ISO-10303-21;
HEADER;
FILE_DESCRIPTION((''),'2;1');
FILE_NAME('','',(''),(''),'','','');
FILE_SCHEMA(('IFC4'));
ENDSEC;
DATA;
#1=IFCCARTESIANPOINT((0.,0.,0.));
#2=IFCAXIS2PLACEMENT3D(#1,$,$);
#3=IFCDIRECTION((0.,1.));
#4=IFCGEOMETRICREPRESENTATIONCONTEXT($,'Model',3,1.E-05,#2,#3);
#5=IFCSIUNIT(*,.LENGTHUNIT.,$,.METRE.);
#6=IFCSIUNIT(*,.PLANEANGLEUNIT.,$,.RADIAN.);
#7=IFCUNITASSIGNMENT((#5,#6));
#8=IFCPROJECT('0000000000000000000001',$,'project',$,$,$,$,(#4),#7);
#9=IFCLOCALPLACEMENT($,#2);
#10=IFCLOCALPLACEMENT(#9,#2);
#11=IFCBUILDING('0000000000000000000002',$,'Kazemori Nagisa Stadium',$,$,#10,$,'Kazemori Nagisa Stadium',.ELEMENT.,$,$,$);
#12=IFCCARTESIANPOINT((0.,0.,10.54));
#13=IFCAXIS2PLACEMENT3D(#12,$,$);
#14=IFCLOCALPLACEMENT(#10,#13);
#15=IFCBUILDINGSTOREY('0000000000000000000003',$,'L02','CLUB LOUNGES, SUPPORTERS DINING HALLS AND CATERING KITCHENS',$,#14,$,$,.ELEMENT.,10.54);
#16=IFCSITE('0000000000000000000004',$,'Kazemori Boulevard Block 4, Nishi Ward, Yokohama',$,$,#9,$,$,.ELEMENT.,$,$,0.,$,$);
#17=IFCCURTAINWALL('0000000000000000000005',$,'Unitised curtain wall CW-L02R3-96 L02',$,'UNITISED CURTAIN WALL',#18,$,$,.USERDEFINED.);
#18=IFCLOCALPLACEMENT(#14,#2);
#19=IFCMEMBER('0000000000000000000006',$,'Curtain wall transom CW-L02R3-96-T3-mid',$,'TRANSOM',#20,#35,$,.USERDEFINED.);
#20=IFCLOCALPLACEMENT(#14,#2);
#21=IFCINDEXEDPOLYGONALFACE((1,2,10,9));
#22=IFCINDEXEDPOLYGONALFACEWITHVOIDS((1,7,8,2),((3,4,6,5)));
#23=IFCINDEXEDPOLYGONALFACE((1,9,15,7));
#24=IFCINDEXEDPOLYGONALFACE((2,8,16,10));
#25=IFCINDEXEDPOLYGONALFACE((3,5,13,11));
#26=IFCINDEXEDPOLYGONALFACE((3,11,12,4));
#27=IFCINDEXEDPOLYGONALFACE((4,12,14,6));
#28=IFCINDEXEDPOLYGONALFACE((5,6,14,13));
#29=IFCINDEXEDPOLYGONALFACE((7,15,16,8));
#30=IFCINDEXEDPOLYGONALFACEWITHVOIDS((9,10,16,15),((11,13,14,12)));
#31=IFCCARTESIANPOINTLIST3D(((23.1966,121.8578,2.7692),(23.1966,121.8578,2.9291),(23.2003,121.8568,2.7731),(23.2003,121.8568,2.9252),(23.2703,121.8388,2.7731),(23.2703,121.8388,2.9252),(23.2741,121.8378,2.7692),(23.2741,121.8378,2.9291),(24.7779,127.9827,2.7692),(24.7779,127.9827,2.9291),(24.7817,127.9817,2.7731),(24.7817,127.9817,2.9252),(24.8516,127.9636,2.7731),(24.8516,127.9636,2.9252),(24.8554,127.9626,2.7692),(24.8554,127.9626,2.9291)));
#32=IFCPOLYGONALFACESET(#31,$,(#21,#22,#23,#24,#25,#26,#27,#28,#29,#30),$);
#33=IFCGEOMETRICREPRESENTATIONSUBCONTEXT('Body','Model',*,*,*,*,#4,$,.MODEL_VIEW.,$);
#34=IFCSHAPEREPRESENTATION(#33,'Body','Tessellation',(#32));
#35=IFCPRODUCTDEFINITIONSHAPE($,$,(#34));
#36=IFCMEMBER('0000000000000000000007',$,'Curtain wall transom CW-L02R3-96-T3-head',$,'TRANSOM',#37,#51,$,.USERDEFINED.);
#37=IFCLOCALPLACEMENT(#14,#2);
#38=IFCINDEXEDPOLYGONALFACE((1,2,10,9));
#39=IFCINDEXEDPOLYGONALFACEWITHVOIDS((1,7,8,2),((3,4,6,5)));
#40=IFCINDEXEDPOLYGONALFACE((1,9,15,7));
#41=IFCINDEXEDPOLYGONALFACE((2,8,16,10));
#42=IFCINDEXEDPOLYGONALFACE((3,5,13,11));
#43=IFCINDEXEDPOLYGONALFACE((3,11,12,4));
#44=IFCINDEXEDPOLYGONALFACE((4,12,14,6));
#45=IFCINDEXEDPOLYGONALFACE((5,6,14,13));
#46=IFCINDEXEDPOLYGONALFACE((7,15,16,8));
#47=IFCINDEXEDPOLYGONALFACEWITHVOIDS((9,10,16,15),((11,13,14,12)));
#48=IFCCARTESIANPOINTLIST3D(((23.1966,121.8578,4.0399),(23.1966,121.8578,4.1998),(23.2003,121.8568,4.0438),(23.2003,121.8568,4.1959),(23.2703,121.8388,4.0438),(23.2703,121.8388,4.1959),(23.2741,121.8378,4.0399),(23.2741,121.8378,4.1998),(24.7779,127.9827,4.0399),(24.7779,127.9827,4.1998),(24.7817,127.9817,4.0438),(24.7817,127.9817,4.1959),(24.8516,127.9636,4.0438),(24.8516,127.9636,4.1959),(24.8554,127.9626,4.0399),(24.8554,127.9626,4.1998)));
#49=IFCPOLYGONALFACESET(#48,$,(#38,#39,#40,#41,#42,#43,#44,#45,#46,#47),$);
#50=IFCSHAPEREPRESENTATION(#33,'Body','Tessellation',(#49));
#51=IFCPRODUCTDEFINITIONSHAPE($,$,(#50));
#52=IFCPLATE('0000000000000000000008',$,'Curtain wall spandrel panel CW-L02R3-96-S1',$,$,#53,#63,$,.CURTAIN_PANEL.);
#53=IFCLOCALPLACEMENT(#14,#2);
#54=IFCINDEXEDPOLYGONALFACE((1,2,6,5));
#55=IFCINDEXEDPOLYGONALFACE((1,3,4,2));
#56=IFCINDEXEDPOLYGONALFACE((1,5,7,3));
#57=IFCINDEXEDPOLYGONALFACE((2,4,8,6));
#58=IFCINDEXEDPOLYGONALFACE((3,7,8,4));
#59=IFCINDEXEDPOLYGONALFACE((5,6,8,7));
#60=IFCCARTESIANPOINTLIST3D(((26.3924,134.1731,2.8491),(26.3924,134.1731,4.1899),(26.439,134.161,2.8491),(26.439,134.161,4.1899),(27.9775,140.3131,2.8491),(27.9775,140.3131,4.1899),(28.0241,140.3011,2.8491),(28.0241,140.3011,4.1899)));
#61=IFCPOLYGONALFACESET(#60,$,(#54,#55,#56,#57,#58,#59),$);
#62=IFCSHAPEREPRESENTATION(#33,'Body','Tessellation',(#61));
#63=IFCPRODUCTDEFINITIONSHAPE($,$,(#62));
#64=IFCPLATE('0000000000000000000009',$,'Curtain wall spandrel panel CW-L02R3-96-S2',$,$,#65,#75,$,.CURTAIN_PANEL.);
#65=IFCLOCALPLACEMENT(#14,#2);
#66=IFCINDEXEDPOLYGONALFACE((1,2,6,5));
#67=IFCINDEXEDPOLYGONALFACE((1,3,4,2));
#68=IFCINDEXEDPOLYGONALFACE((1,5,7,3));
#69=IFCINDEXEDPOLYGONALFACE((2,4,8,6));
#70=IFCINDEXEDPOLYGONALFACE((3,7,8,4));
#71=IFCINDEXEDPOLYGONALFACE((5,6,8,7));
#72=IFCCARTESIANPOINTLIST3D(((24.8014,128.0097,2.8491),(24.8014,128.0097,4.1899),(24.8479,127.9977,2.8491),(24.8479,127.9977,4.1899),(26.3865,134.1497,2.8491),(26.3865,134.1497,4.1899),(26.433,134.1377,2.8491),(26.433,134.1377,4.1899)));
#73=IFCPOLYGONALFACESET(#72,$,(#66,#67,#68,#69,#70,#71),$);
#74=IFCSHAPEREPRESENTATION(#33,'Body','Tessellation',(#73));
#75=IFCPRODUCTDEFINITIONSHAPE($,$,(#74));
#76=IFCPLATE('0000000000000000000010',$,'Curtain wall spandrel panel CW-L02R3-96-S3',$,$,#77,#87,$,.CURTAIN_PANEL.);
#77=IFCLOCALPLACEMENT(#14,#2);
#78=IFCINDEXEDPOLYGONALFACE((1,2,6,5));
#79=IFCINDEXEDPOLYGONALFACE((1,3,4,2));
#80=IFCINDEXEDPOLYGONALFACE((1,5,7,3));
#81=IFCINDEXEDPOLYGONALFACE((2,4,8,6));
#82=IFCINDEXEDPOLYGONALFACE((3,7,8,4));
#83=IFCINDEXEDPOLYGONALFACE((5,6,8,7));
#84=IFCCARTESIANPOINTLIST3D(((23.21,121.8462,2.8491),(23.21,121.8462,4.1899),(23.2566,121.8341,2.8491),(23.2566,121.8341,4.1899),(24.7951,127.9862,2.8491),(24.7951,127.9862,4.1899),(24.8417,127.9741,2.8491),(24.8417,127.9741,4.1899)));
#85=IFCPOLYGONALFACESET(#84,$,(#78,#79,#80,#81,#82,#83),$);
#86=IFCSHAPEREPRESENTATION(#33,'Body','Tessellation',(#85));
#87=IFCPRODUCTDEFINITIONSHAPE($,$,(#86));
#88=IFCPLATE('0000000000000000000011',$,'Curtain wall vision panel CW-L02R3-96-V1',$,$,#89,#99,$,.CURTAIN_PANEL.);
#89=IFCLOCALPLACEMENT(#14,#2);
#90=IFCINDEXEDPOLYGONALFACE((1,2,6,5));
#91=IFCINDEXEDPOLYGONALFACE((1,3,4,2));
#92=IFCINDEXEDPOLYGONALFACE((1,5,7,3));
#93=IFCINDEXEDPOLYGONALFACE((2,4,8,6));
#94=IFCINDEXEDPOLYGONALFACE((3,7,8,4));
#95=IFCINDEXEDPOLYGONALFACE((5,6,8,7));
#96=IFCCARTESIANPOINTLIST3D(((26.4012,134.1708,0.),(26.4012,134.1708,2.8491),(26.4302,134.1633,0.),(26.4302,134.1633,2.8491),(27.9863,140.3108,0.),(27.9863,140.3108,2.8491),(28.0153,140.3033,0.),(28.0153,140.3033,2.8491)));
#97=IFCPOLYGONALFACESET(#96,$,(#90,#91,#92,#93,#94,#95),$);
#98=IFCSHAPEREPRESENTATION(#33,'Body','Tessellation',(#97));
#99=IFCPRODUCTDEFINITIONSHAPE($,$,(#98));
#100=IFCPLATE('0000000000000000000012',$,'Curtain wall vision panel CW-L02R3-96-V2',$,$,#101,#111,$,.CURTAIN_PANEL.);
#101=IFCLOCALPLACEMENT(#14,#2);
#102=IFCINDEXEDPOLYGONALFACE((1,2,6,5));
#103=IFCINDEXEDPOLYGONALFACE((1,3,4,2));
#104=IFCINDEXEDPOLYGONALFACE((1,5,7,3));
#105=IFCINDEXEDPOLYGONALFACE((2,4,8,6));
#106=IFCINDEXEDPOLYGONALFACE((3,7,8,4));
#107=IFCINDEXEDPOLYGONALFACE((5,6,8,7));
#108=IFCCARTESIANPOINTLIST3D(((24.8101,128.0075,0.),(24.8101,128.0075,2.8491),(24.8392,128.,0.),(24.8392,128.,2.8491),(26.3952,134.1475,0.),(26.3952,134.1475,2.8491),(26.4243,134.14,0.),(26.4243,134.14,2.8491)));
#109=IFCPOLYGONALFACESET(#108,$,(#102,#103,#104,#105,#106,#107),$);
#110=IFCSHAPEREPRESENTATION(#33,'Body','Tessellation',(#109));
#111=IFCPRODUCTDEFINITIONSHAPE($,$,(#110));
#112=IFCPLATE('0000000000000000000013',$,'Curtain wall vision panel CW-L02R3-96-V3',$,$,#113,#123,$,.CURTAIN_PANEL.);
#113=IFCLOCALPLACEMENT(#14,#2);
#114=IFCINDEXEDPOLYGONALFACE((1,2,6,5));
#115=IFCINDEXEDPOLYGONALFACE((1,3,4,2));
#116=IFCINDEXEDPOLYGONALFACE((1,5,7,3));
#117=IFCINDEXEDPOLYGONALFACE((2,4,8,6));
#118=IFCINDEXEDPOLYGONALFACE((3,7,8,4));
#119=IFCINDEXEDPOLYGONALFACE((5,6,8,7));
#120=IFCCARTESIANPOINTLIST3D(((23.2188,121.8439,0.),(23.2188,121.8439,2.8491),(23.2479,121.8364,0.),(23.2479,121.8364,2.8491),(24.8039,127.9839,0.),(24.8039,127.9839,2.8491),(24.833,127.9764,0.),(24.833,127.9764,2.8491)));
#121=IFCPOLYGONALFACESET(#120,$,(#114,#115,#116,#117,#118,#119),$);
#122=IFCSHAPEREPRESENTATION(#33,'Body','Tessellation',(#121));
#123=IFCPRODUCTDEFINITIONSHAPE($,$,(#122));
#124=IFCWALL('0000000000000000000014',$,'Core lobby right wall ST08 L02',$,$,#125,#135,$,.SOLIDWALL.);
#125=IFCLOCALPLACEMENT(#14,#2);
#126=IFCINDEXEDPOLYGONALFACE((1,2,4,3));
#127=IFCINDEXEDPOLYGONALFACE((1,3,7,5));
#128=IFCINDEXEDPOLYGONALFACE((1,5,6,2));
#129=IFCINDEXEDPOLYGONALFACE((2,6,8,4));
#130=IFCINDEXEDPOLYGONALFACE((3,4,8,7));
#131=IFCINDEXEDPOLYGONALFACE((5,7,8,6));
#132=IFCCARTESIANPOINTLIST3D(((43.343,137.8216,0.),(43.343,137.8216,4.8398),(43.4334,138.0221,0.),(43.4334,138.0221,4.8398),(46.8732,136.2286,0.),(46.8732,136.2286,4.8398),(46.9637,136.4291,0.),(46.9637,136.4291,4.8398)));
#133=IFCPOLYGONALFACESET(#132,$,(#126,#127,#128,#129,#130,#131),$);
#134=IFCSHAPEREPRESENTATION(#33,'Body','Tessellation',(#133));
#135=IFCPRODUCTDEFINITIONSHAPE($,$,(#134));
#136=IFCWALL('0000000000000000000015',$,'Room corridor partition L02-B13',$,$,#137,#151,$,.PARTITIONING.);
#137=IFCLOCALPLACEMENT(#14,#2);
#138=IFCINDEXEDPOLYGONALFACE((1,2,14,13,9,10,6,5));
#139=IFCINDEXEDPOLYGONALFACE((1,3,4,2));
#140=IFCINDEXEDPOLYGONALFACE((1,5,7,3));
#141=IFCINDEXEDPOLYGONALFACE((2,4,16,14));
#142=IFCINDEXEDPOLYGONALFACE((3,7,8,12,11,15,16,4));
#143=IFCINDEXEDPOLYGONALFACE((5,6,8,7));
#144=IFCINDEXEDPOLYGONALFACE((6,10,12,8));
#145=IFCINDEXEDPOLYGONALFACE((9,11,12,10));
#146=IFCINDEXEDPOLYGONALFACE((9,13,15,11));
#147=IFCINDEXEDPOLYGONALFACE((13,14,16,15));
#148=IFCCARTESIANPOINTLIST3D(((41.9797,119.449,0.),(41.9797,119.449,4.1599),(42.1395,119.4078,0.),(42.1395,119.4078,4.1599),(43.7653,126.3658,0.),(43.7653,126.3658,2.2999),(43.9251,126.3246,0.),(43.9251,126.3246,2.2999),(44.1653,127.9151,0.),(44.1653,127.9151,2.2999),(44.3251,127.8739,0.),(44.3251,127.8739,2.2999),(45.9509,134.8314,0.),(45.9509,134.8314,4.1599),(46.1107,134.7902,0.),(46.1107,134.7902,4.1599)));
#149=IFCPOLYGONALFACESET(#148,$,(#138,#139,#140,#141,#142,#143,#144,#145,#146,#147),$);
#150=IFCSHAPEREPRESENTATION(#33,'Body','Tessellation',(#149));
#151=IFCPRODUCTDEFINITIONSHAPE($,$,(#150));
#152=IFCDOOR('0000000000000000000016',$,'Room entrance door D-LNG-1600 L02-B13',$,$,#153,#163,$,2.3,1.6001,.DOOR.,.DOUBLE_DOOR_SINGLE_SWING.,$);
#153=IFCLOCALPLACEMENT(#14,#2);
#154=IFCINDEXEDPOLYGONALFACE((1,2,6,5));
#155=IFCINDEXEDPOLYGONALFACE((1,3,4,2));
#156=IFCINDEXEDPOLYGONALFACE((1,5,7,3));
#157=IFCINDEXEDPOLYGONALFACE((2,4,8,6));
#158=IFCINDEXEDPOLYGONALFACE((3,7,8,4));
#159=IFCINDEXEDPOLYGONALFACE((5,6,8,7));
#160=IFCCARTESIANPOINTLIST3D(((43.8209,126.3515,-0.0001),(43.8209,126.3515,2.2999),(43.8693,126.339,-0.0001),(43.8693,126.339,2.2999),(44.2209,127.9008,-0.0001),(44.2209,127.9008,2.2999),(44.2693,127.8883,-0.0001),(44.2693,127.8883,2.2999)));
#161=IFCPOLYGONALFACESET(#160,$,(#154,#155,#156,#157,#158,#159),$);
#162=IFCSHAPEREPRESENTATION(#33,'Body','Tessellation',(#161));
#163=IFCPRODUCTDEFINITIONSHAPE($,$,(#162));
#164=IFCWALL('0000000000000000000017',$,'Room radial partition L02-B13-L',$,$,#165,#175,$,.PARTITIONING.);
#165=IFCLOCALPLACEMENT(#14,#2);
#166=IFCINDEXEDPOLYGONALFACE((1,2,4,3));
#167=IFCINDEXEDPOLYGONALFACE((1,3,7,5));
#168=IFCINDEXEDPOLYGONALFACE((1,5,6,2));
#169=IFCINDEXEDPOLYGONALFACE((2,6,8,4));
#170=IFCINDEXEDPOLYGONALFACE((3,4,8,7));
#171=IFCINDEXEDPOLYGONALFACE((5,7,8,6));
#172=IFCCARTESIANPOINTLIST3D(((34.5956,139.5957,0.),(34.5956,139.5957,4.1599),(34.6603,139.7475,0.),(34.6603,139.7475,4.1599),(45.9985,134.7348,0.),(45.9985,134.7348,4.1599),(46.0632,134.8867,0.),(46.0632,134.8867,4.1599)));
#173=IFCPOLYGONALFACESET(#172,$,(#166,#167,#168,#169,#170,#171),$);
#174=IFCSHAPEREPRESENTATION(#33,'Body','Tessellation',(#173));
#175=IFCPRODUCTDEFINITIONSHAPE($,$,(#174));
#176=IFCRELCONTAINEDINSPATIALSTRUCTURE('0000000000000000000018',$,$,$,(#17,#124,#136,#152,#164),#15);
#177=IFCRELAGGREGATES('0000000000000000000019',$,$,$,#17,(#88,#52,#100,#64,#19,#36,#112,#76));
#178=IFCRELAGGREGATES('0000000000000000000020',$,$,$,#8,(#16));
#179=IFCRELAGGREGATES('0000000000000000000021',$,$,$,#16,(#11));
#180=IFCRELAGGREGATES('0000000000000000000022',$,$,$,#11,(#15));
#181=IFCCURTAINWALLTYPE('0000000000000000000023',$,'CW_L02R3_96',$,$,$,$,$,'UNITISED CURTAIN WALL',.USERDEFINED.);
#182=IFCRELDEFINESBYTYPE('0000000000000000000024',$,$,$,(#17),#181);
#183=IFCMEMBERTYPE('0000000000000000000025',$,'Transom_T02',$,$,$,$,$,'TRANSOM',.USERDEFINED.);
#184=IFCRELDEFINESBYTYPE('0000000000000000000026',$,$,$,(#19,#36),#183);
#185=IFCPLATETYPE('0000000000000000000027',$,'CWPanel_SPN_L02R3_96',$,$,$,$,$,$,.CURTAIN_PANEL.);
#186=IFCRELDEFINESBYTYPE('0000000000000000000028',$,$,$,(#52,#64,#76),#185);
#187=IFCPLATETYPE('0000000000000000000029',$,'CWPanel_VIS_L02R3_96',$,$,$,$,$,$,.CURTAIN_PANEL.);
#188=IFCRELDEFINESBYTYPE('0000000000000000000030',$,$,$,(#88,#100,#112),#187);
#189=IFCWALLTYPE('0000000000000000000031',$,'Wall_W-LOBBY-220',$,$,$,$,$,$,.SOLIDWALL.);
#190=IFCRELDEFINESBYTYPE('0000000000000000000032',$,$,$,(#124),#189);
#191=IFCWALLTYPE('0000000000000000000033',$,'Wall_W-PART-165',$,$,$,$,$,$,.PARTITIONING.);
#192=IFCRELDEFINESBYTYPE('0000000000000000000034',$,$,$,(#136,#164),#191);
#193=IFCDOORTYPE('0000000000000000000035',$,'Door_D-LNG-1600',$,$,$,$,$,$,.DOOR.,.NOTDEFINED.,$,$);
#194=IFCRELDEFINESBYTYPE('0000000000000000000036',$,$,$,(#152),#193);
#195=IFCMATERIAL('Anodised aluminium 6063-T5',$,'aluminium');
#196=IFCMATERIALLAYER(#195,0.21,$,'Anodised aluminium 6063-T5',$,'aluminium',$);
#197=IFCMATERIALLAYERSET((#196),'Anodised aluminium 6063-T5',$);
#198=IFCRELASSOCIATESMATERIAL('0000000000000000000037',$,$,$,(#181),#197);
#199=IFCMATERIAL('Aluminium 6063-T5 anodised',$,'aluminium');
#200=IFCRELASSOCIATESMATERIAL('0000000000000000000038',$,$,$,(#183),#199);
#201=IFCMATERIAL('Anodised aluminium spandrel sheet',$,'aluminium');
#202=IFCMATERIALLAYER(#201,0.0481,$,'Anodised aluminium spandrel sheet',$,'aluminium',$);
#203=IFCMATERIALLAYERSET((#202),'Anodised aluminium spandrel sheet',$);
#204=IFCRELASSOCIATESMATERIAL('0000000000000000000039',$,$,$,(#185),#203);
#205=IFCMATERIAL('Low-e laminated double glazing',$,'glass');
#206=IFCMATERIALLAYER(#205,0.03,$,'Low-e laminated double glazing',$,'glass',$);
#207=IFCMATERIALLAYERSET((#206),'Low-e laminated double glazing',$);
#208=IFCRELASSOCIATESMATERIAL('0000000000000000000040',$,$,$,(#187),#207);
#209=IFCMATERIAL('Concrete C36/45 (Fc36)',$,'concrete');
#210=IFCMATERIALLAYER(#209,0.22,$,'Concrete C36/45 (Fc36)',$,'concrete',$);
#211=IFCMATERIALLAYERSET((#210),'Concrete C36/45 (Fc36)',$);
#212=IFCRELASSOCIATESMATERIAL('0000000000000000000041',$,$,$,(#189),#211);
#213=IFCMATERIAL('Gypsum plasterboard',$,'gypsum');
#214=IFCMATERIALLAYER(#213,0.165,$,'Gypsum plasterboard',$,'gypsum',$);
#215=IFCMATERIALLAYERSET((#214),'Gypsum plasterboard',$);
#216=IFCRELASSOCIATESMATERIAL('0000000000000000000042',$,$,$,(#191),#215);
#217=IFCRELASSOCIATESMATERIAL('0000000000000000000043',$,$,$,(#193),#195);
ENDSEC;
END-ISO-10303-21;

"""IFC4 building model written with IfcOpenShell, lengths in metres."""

from ifc_helpers import new_model, si_unit, direction, frame, frame_2d, origin, origin_2d, place, context, subcontext, project, spatial, rectangle, hollow_rectangle, extrude, material, layer, layer_set, material_profile, profile_set, type_object, element, fill, aggregate, save


model = new_model("IFC4")

# Units and contexts
model_context = context("Model", 3, precision=1e-05, world=origin(), true_north=direction((0.0, 1.0)))
body_context = subcontext(model_context, "Body", "Model", "MODEL_VIEW")
ifc_project = project(units=[si_unit("LENGTHUNIT", "METRE"), si_unit("PLANEANGLEUNIT", "RADIAN")], contexts=[model_context])

# Site, building, storey
site_placement = place(None, origin())
site = spatial("IfcSite", under=ifc_project, at=site_placement, Name="Kazemori Boulevard Block 4, Nishi Ward, Yokohama", CompositionType="ELEMENT", RefElevation=0.0)
building_placement = place(site_placement, origin())
building = spatial("IfcBuilding", under=site, at=building_placement, Name="Kazemori Nagisa Stadium", LongName="Kazemori Nagisa Stadium", CompositionType="ELEMENT")
storey_placement = place(building_placement, frame((0.0, 0.0, 10.54)))
storey = spatial("IfcBuildingStorey", under=building, at=storey_placement, Name="L02", Description="CLUB LOUNGES, SUPPORTERS DINING HALLS AND CATERING KITCHENS", CompositionType="ELEMENT", Elevation=10.54)

# Curtain wall, members, plates
ifc_material_1 = material(Name="Anodised aluminium 6063-T5", Category="aluminium")
ifc_layer_1 = layer(ifc_material_1, 0.21, Name="Anodised aluminium 6063-T5", Category="aluminium")
ifc_layer_set_1 = layer_set([ifc_layer_1], Name="Anodised aluminium 6063-T5")
curtain_wall_type = type_object("IfcCurtainWallType", Name="CW_L02R3_96", ElementType="UNITISED CURTAIN WALL", PredefinedType="USERDEFINED", material=ifc_layer_set_1)
curtain_wall_placement = place(storey_placement, origin())
curtain_wall = element("IfcCurtainWall", 1, at=curtain_wall_placement, inside=storey, type_object=curtain_wall_type, Name="Unitised curtain wall CW-L02R3-96 L02", ObjectType="UNITISED CURTAIN WALL", PredefinedType="USERDEFINED")
ifc_material_2 = material(Name="Aluminium 6063-T5 anodised", Category="aluminium")
ifc_material_profile_1 = material_profile(ifc_material_2, hollow_rectangle(XDim=0.0801, YDim=0.1599, WallThickness=0.0039, at=origin_2d()), Name="ALU-TRAN-80x160x4")
ifc_profile_set_1 = profile_set([ifc_material_profile_1], Name="Aluminium 6063-T5 anodised")
member_type_1 = type_object("IfcMemberType", Name="Transom_T02", ElementType="TRANSOM", PredefinedType="USERDEFINED", material=ifc_profile_set_1)
member_1_placement = place(storey_placement, frame((24.8167, 127.9727, 2.8491), z_axis=(-0.249984, -0.96825, 0.0), x_axis=(0.96825, -0.249984, 0.0)))
member_1 = element("IfcMember", 2, at=member_1_placement, type_object=member_type_1, Name="Curtain wall transom CW-L02R3-96-T3-mid", ObjectType="TRANSOM", PredefinedType="USERDEFINED", context=body_context, shape_type="SweptSolid", body=[
    extrude(hollow_rectangle(XDim=0.0801, YDim=0.1599, WallThickness=0.0039, at=origin_2d()), origin(), (0.0, 0.0, 1.0), 6.3257),
])
member_2_placement = place(storey_placement, frame((24.8167, 127.9727, 4.1199), z_axis=(-0.249984, -0.96825, 0.0), x_axis=(0.96825, -0.249984, 0.0)))
member_2 = element("IfcMember", 3, at=member_2_placement, type_object=member_type_1, Name="Curtain wall transom CW-L02R3-96-T3-head", ObjectType="TRANSOM", PredefinedType="USERDEFINED", context=body_context, shape_type="SweptSolid", body=[
    extrude(hollow_rectangle(XDim=0.0801, YDim=0.1599, WallThickness=0.0039, at=origin_2d()), origin(), (0.0, 0.0, 1.0), 6.3257),
])
ifc_material_3 = material(Name="Anodised aluminium spandrel sheet", Category="aluminium")
ifc_layer_2 = layer(ifc_material_3, 0.0481, Name="Anodised aluminium spandrel sheet", Category="aluminium")
ifc_layer_set_2 = layer_set([ifc_layer_2], Name="Anodised aluminium spandrel sheet")
plate_type_1 = type_object("IfcPlateType", Name="CWPanel_SPN_L02R3_96", PredefinedType="CURTAIN_PANEL", material=ifc_layer_set_2)
plate_1_placement = place(storey_placement, frame((27.2083, 137.2371, 2.8491), z_axis=(0.0, 0.0, 1.0), x_axis=(-0.249965, -0.968255, 0.0)))
plate_1 = element("IfcPlate", 4, at=plate_1_placement, type_object=plate_type_1, Name="Curtain wall spandrel panel CW-L02R3-96-S1", PredefinedType="CURTAIN_PANEL", context=body_context, shape_type="SweptSolid", body=[
    extrude(rectangle(XDim=6.3413, YDim=0.0481, at=origin_2d()), origin(), (0.0, 0.0, 1.0), 1.3408),
])
plate_2_placement = place(storey_placement, frame((25.6172, 131.0737, 2.8491), z_axis=(0.0, 0.0, 1.0), x_axis=(-0.249965, -0.968255, 0.0)))
plate_2 = element("IfcPlate", 5, at=plate_2_placement, type_object=plate_type_1, Name="Curtain wall spandrel panel CW-L02R3-96-S2", PredefinedType="CURTAIN_PANEL", context=body_context, shape_type="SweptSolid", body=[
    extrude(rectangle(XDim=6.3413, YDim=0.0481, at=origin_2d()), origin(), (0.0, 0.0, 1.0), 1.3408),
])
plate_3_placement = place(storey_placement, frame((24.0259, 124.9102, 2.8491), z_axis=(0.0, 0.0, 1.0), x_axis=(-0.249965, -0.968255, 0.0)))
plate_3 = element("IfcPlate", 6, at=plate_3_placement, type_object=plate_type_1, Name="Curtain wall spandrel panel CW-L02R3-96-S3", PredefinedType="CURTAIN_PANEL", context=body_context, shape_type="SweptSolid", body=[
    extrude(rectangle(XDim=6.3413, YDim=0.0481, at=origin_2d()), origin(), (0.0, 0.0, 1.0), 1.3408),
])
ifc_material_4 = material(Name="Low-e laminated double glazing", Category="glass")
ifc_layer_3 = layer(ifc_material_4, 0.03, Name="Low-e laminated double glazing", Category="glass")
ifc_layer_set_3 = layer_set([ifc_layer_3], Name="Low-e laminated double glazing")
plate_type_2 = type_object("IfcPlateType", Name="CWPanel_VIS_L02R3_96", PredefinedType="CURTAIN_PANEL", material=ifc_layer_set_3)
plate_4_placement = place(storey_placement, frame((27.2083, 137.2371, 0.0), z_axis=(0.0, 0.0, 1.0), x_axis=(-0.249965, -0.968255, 0.0)))
plate_4 = element("IfcPlate", 7, at=plate_4_placement, type_object=plate_type_2, Name="Curtain wall vision panel CW-L02R3-96-V1", PredefinedType="CURTAIN_PANEL", context=body_context, shape_type="SweptSolid", body=[
    extrude(rectangle(XDim=6.3413, YDim=0.03, at=origin_2d()), origin(), (0.0, 0.0, 1.0), 2.8491),
])
plate_5_placement = place(storey_placement, frame((25.6172, 131.0737, 0.0), z_axis=(0.0, 0.0, 1.0), x_axis=(-0.249965, -0.968255, 0.0)))
plate_5 = element("IfcPlate", 8, at=plate_5_placement, type_object=plate_type_2, Name="Curtain wall vision panel CW-L02R3-96-V2", PredefinedType="CURTAIN_PANEL", context=body_context, shape_type="SweptSolid", body=[
    extrude(rectangle(XDim=6.3413, YDim=0.03, at=origin_2d()), origin(), (0.0, 0.0, 1.0), 2.8491),
])
plate_6_placement = place(storey_placement, frame((24.0259, 124.9102, 0.0), z_axis=(0.0, 0.0, 1.0), x_axis=(-0.249965, -0.968255, 0.0)))
plate_6 = element("IfcPlate", 9, at=plate_6_placement, type_object=plate_type_2, Name="Curtain wall vision panel CW-L02R3-96-V3", PredefinedType="CURTAIN_PANEL", context=body_context, shape_type="SweptSolid", body=[
    extrude(rectangle(XDim=6.3413, YDim=0.03, at=origin_2d()), origin(), (0.0, 0.0, 1.0), 2.8491),
])
aggregate(curtain_wall, [plate_4, plate_1, plate_5, plate_2, member_1, member_2, plate_6, plate_3])

# Wall
ifc_material_5 = material(Name="Concrete C36/45 (Fc36)", Category="concrete")
ifc_layer_4 = layer(ifc_material_5, 0.22, Name="Concrete C36/45 (Fc36)", Category="concrete")
ifc_layer_set_4 = layer_set([ifc_layer_4], Name="Concrete C36/45 (Fc36)")
wall_type_1 = type_object("IfcWallType", Name="Wall_W-LOBBY-220", PredefinedType="SOLIDWALL", material=ifc_layer_set_4)
wall_1_placement = place(storey_placement, frame((46.9185, 136.3289, 0.0), z_axis=(0.0, 0.0, 1.0), x_axis=(-0.911496, 0.411308, 0.0)))
element("IfcWall", 10, at=wall_1_placement, inside=storey, type_object=wall_type_1, Name="Core lobby right wall ST08 L02", PredefinedType="SOLIDWALL", context=body_context, shape_type="SweptSolid", body=[
    extrude(rectangle(XDim=3.873, YDim=0.22, at=frame_2d((1.9365, 0.0))), origin(), (0.0, 0.0, 1.0), 4.8398),
])

# Wall, opening, door
ifc_material_6 = material(Name="Gypsum plasterboard", Category="gypsum")
ifc_layer_5 = layer(ifc_material_6, 0.165, Name="Gypsum plasterboard", Category="gypsum")
ifc_layer_set_5 = layer_set([ifc_layer_5], Name="Gypsum plasterboard")
wall_type_2 = type_object("IfcWallType", Name="Wall_W-PART-165", PredefinedType="PARTITIONING", material=ifc_layer_set_5)
wall_2_placement = place(storey_placement, frame((46.0308, 134.8108, 0.0), z_axis=(0.0, 0.0, 1.0), x_axis=(-0.24997, -0.968254, 0.0)))
wall_2 = element("IfcWall", 11, at=wall_2_placement, inside=storey, type_object=wall_type_2, Name="Room corridor partition L02-B13", PredefinedType="PARTITIONING", context=body_context, shape_type="SweptSolid", body=[
    extrude(rectangle(XDim=15.8867, YDim=0.165, at=frame_2d((7.9434, 0.0))), origin(), (0.0, 0.0, 1.0), 4.1599),
])
opening_placement = place(wall_2_placement, frame((7.1431, 0.0, 0.0)))
opening = element("IfcOpeningElement", 12, at=opening_placement, cuts=wall_2, PredefinedType="OPENING", context=body_context, shape_type="SweptSolid", body=[
    extrude(rectangle(XDim=1.6001, YDim=2.3, at=frame_2d((0.8, 1.1499))), frame((0.0, 0.0925, 0.0), z_axis=(0.0, -1.0, 0.0), x_axis=(1.0, 0.0, 0.0)), (0.0, 0.0, 1.0), 0.1851),
])
door_type = type_object("IfcDoorType", Name="Door_D-LNG-1600", OperationType="NOTDEFINED", PredefinedType="DOOR", material=ifc_material_1)
door_placement = place(opening_placement, origin())
door = element("IfcDoor", 13, at=door_placement, inside=storey, type_object=door_type, Name="Room entrance door D-LNG-1600 L02-B13", OperationType="DOUBLE_DOOR_SINGLE_SWING", OverallHeight=2.3, OverallWidth=1.6001, PredefinedType="DOOR", context=body_context, shape_type="SweptSolid", body=[
    extrude(rectangle(XDim=1.6001, YDim=2.3, at=frame_2d((0.8, 1.1499))), frame((0.0, 0.0249, 0.0), z_axis=(0.0, -1.0, 0.0), x_axis=(1.0, 0.0, 0.0)), (0.0, 0.0, 1.0), 0.05),
])
fill(opening, door)

# Wall
wall_3_placement = place(storey_placement, frame((46.0308, 134.8108, 0.0), z_axis=(0.0, 0.0, 1.0), x_axis=(-0.919905, 0.392141, 0.0)))
element("IfcWall", 14, at=wall_3_placement, inside=storey, type_object=wall_type_2, Name="Room radial partition L02-B13-L", PredefinedType="PARTITIONING", context=body_context, shape_type="SweptSolid", body=[
    extrude(rectangle(XDim=12.3958, YDim=0.165, at=frame_2d((6.1978, 0.0))), origin(), (0.0, 0.0, 1.0), 4.1599),
])

save(model, "model.ifc")
